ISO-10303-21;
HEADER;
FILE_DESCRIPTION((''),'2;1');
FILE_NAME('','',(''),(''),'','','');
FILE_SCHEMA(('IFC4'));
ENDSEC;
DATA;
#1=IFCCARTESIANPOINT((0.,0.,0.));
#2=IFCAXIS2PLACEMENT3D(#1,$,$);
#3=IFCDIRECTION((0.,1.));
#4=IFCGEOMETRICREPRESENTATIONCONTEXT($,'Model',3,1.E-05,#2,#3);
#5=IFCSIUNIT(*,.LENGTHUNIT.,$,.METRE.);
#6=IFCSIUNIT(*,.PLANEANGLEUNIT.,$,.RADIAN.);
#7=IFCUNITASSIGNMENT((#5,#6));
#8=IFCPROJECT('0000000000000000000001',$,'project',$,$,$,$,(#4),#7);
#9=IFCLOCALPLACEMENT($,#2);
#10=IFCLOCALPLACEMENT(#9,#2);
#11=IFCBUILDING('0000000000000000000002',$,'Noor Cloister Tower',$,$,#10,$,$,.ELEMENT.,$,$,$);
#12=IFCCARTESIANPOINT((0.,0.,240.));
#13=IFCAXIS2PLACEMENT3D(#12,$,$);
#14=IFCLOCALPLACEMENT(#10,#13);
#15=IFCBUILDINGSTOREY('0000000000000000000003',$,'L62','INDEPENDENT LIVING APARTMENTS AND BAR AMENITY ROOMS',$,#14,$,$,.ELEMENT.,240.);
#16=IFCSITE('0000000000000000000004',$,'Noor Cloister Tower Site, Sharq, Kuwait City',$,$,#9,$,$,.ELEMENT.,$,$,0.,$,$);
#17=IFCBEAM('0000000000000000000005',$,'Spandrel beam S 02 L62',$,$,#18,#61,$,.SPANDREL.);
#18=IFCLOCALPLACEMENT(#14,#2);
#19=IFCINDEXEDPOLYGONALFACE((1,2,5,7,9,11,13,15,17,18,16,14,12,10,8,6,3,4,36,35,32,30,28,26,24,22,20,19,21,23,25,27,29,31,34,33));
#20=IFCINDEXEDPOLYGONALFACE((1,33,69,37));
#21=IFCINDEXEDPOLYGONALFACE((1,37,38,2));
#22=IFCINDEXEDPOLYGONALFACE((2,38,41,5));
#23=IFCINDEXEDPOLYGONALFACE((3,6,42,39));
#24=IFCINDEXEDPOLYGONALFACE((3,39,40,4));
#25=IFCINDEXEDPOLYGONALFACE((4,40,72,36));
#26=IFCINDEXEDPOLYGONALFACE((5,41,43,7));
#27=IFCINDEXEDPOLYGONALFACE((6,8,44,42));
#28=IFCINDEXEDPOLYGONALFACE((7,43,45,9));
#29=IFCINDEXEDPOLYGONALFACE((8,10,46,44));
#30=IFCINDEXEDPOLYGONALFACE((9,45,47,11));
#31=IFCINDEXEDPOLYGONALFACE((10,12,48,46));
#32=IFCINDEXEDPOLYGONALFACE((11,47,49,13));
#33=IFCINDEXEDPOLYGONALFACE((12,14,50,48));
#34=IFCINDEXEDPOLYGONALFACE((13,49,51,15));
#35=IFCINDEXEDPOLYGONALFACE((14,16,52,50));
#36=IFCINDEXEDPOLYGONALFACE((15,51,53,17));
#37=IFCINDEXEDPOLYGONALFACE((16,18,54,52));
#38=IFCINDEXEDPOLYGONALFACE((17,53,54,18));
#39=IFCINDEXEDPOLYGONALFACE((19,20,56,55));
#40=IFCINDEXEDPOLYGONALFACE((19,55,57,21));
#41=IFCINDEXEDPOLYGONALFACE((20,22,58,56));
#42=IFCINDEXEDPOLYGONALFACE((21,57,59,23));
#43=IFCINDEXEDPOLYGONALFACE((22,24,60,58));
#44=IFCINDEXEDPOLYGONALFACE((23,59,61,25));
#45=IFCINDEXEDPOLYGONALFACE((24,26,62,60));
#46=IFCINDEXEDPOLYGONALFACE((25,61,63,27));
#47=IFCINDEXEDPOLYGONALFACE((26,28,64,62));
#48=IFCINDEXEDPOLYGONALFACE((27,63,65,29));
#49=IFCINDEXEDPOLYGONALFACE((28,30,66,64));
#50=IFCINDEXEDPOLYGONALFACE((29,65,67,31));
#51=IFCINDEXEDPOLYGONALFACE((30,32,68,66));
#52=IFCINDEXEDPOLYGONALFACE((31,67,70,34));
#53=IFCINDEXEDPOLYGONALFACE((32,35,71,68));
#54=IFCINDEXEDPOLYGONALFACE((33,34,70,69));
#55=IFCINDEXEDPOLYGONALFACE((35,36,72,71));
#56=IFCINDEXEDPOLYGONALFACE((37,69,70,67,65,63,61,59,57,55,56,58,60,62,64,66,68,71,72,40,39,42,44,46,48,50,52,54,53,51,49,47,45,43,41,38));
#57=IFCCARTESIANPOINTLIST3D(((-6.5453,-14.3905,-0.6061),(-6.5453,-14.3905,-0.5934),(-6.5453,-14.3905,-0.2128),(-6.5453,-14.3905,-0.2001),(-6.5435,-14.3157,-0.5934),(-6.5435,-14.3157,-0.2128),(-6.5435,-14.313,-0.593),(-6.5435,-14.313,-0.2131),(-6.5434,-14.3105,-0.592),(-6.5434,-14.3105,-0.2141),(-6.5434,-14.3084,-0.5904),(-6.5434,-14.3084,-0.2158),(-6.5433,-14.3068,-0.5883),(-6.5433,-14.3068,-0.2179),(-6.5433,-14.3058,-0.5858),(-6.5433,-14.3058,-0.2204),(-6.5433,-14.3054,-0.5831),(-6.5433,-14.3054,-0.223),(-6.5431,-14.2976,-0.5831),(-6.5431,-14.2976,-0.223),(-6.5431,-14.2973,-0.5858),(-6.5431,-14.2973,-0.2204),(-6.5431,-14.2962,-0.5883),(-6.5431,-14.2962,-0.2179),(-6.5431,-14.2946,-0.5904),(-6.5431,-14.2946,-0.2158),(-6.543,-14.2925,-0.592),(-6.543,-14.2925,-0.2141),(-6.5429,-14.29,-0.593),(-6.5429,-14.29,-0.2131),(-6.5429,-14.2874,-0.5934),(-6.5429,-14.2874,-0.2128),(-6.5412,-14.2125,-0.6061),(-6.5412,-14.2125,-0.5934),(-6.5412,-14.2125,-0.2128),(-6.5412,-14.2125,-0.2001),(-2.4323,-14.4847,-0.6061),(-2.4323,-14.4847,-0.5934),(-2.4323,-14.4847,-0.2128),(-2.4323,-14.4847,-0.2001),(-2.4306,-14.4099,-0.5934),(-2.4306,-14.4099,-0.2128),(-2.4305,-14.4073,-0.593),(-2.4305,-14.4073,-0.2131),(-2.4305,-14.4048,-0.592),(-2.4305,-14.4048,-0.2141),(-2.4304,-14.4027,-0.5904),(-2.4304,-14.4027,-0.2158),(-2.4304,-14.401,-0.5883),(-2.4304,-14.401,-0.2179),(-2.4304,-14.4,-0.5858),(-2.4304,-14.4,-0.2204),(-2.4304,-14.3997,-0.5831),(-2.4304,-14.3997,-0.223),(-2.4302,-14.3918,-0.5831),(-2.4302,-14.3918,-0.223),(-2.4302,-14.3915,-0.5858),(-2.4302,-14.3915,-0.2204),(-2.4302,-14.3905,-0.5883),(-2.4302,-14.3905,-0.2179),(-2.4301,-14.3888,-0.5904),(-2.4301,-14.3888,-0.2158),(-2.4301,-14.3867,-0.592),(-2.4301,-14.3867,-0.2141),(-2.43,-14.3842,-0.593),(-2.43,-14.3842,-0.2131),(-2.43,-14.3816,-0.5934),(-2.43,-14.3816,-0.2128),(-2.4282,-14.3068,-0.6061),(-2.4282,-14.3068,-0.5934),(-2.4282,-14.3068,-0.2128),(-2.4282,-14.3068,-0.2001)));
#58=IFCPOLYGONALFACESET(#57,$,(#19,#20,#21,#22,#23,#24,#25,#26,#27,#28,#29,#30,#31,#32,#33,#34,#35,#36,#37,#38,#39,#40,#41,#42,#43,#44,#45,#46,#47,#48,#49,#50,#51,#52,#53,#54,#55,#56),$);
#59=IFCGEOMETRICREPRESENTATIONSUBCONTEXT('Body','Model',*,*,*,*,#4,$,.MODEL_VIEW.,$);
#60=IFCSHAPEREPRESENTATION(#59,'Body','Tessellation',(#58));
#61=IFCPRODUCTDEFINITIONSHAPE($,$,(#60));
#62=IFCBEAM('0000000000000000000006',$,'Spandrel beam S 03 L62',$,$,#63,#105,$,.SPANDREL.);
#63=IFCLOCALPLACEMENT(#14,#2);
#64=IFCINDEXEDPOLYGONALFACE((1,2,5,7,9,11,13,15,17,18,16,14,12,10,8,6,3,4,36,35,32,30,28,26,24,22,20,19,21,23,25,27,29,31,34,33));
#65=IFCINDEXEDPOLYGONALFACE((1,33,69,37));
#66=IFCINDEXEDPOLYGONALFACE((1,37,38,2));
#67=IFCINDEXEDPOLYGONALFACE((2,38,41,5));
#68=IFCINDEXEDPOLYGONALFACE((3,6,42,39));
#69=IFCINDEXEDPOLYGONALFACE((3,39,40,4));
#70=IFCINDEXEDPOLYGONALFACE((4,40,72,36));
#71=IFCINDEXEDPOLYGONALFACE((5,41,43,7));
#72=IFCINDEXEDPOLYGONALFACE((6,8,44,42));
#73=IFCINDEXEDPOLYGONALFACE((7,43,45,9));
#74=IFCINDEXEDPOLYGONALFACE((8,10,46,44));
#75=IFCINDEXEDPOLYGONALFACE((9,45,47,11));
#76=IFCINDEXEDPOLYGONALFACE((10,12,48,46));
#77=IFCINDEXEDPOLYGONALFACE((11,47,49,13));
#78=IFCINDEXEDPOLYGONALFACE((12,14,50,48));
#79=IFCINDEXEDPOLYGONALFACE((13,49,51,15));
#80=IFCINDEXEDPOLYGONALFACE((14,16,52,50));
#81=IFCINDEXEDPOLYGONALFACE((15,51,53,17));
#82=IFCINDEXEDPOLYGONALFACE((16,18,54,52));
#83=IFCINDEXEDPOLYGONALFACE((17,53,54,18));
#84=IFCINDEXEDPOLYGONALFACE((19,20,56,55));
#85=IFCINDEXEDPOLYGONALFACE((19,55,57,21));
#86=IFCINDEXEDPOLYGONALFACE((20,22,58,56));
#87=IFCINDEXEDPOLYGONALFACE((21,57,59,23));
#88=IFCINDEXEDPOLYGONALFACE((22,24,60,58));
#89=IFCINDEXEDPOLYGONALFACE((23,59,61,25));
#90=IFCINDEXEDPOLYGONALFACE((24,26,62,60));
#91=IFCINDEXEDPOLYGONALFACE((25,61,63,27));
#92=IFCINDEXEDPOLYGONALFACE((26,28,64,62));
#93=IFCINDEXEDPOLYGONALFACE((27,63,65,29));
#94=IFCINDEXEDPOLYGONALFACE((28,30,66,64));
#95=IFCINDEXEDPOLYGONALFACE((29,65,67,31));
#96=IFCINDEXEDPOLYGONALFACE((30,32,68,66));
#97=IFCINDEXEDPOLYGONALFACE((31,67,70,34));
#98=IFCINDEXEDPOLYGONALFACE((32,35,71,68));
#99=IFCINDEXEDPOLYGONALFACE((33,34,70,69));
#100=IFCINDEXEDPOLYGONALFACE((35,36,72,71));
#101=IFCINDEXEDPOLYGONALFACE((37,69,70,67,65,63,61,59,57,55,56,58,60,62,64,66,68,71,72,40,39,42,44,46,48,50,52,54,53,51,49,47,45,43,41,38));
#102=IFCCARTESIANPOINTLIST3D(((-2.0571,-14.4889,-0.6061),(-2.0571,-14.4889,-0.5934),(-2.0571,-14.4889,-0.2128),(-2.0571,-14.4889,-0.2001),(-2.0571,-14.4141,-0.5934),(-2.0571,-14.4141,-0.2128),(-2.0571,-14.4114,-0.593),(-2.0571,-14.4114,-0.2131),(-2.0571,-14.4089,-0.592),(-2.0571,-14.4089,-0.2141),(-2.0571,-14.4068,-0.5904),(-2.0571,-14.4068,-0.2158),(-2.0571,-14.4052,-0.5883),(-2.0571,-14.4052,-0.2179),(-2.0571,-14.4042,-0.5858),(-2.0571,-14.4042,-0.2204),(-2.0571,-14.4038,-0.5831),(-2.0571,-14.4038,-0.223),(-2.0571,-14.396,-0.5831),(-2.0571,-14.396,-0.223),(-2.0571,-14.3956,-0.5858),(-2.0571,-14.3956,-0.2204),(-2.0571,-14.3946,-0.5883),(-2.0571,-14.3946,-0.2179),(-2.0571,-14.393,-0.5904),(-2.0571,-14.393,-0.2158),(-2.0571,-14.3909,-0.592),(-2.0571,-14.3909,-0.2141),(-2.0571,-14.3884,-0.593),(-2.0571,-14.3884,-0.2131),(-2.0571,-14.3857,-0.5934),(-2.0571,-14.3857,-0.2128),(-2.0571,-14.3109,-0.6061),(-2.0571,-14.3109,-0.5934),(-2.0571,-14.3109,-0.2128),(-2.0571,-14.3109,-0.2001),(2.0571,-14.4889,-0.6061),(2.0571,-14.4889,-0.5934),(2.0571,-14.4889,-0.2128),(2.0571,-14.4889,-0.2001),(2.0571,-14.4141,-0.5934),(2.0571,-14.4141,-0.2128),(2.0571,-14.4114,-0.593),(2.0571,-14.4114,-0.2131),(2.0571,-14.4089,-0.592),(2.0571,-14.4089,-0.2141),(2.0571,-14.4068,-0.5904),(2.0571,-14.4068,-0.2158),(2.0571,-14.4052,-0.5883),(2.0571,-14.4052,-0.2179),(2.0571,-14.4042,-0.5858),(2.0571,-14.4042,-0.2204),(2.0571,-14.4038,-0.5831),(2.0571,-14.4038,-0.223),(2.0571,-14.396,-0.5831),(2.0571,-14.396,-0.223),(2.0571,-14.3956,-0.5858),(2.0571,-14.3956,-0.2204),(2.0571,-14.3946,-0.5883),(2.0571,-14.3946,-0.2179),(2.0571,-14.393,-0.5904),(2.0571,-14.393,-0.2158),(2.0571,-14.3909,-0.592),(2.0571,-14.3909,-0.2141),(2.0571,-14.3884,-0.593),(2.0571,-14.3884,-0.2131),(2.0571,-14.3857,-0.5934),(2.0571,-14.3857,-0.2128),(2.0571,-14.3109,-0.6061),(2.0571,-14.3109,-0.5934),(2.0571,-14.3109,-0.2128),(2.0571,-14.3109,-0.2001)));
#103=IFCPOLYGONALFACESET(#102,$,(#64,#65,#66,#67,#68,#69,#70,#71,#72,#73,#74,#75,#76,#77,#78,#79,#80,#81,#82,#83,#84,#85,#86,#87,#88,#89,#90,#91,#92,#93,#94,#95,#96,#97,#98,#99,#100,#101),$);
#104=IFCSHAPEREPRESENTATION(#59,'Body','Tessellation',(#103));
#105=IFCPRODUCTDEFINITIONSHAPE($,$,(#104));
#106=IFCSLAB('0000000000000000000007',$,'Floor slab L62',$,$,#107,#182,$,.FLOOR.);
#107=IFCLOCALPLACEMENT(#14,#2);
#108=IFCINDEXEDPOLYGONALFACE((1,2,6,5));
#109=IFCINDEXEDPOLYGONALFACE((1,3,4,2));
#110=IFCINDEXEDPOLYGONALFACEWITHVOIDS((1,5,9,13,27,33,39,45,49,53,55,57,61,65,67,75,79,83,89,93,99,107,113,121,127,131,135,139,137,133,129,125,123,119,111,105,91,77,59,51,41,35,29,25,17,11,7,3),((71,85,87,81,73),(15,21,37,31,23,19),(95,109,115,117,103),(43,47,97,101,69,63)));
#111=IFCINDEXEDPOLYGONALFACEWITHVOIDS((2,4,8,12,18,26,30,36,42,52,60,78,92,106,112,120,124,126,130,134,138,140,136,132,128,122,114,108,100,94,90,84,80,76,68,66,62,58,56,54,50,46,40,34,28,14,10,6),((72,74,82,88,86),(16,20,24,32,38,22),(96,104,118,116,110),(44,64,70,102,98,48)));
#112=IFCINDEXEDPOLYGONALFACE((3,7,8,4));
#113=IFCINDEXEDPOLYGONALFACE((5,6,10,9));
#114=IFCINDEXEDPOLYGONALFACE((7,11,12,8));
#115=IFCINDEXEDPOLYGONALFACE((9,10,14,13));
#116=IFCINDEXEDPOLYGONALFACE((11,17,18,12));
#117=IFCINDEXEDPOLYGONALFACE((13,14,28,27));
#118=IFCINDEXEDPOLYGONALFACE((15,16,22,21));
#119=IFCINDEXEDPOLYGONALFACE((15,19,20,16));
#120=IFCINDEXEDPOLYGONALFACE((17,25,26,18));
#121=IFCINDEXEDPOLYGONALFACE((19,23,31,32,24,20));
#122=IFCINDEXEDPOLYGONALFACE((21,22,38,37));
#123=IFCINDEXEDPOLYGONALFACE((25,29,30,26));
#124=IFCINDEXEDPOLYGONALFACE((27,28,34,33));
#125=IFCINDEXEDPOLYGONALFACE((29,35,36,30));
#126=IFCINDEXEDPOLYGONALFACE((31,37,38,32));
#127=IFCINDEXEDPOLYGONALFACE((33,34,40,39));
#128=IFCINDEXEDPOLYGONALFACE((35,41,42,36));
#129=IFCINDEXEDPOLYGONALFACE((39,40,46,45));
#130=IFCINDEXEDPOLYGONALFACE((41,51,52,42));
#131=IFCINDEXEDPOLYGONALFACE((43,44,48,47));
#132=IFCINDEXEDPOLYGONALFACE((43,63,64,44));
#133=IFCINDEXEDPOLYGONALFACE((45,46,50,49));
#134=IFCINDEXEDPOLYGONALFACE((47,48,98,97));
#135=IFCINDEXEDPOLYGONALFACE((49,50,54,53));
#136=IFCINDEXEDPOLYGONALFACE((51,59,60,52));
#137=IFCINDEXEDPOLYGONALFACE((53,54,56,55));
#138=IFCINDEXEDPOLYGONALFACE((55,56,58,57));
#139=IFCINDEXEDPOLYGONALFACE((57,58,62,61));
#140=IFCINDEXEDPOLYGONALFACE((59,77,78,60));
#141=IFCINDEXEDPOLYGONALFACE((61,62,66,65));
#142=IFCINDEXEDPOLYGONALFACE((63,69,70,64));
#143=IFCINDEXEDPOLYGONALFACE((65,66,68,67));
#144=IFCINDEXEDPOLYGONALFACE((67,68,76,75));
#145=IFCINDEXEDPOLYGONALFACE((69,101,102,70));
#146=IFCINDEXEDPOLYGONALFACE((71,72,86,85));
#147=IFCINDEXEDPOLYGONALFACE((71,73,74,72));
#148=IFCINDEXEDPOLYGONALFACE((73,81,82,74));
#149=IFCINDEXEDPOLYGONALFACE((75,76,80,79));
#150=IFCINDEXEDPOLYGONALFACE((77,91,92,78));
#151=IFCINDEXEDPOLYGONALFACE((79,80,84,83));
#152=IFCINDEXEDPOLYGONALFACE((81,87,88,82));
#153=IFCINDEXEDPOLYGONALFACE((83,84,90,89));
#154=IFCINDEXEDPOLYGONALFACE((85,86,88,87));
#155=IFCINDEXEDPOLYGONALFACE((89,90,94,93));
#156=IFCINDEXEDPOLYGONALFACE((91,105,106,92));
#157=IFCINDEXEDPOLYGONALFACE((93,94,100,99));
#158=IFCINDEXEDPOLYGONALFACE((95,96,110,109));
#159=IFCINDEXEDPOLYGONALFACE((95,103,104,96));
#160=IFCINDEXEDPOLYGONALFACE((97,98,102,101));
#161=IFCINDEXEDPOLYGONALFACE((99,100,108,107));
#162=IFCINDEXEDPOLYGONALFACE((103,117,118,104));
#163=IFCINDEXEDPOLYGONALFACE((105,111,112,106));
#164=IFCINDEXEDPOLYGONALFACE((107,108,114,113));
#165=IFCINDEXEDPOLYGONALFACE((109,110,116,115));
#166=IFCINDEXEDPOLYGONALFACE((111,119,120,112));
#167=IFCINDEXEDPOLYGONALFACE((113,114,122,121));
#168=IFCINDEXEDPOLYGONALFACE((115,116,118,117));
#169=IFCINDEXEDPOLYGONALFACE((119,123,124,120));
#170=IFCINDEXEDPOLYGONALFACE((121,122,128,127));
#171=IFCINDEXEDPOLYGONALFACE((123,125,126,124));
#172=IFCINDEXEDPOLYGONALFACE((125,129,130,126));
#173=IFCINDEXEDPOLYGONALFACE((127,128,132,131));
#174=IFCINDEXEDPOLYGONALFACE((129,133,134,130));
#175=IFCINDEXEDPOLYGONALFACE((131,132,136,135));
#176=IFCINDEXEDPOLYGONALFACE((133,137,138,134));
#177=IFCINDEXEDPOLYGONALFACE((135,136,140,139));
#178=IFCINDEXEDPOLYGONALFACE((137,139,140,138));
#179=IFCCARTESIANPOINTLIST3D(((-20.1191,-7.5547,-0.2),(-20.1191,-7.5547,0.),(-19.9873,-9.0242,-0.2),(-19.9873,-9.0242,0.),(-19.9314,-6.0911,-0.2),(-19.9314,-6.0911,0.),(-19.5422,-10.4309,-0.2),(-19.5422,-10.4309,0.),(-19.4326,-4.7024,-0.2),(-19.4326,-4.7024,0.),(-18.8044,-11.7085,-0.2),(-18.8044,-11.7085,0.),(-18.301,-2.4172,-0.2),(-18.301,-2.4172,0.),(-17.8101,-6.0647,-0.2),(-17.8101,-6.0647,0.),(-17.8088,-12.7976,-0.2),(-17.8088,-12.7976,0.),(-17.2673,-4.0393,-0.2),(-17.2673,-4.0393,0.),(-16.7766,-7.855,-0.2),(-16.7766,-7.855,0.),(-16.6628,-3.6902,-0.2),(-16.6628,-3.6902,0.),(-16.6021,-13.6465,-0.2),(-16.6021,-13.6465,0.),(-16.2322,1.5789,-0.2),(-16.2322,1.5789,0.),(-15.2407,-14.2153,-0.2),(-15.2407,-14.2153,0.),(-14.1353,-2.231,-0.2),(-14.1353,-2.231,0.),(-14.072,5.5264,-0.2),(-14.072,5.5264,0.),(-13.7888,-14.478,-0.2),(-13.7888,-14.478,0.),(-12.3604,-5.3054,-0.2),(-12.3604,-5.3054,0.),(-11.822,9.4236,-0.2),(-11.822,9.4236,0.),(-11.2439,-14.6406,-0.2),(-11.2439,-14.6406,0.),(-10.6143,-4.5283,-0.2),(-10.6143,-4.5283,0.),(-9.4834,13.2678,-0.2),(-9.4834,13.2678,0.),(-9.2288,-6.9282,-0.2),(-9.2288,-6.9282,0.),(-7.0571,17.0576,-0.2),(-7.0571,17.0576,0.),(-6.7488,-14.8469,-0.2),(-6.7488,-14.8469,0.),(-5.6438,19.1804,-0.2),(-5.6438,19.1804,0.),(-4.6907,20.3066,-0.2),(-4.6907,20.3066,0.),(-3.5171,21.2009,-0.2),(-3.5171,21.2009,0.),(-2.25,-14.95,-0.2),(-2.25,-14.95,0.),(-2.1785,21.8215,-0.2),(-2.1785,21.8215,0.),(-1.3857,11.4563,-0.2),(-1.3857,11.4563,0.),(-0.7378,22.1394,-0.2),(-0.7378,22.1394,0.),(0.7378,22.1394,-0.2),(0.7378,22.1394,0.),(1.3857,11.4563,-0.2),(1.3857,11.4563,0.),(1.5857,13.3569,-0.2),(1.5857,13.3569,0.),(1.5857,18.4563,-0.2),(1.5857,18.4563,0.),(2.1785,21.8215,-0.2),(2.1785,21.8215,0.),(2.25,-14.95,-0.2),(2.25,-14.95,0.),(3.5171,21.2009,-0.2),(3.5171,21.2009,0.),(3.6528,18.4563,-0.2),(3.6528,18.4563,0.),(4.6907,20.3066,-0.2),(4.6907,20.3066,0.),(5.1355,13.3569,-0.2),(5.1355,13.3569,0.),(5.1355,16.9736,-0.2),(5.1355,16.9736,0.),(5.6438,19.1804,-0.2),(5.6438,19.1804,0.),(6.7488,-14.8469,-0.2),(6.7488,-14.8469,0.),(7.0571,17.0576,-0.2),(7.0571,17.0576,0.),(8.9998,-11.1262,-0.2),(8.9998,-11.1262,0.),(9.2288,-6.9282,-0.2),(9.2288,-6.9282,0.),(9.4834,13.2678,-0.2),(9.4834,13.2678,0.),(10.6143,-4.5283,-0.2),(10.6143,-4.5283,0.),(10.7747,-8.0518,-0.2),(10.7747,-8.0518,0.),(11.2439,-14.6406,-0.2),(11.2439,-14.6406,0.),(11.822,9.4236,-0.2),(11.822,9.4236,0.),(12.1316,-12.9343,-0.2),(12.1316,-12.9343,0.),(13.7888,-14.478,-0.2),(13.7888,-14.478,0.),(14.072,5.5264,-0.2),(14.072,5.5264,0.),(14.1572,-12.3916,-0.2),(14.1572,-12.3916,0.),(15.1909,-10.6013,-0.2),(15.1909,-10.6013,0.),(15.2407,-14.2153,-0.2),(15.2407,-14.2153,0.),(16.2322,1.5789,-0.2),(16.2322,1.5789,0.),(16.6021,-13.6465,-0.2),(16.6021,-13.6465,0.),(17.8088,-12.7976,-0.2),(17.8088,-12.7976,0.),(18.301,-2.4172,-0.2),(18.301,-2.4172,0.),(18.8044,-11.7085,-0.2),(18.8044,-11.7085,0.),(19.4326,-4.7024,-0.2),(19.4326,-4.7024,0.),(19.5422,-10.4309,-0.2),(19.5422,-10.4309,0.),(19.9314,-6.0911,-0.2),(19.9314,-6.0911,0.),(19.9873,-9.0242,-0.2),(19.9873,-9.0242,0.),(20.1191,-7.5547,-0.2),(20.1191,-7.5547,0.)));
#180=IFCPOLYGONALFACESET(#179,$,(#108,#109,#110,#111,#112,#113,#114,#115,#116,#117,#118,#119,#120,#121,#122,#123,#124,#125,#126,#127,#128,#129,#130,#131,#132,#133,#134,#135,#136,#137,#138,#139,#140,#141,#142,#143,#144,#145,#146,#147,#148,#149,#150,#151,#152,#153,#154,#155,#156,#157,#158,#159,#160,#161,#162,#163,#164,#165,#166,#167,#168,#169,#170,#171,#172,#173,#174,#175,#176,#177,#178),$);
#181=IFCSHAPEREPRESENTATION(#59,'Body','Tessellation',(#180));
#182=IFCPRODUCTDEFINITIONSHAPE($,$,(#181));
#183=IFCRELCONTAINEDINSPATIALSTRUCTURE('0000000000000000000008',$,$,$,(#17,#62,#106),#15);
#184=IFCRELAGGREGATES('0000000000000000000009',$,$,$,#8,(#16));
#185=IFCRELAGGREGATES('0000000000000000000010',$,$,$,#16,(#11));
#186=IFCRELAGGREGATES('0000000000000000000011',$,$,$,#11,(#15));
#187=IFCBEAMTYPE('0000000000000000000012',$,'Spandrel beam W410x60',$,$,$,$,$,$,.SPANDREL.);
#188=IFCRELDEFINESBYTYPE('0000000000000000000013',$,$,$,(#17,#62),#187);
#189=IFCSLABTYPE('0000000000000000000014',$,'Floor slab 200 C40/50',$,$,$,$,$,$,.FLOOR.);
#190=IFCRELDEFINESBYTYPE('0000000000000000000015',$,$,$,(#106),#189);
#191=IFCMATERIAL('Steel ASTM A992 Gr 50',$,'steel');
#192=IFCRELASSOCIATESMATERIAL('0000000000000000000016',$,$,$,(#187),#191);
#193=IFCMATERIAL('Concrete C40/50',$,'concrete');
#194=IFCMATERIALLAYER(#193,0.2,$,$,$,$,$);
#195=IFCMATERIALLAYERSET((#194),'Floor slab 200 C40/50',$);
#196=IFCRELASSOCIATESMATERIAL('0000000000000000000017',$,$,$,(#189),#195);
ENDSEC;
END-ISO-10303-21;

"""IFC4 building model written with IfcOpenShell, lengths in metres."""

from ifc_helpers import new_model, si_unit, direction, frame, origin, origin_2d, place, context, subcontext, project, spatial, polyline, i_section, outline, extrude, material, layer, layer_set, material_profile, profile_set, type_object, element, save


model = new_model("IFC4")

# Units and contexts
model_context = context("Model", 3, precision=1e-05, world=origin(), true_north=direction((0.0, 1.0)))
body_context = subcontext(model_context, "Body", "Model", "MODEL_VIEW")
ifc_project = project(units=[si_unit("LENGTHUNIT", "METRE"), si_unit("PLANEANGLEUNIT", "RADIAN")], contexts=[model_context])

# Site, building, storey
site_placement = place(None, origin())
site = spatial("IfcSite", under=ifc_project, at=site_placement, Name="Noor Cloister Tower Site, Sharq, Kuwait City", CompositionType="ELEMENT", RefElevation=0.0)
building_placement = place(site_placement, origin())
building = spatial("IfcBuilding", under=site, at=building_placement, Name="Noor Cloister Tower", CompositionType="ELEMENT")
storey_placement = place(building_placement, frame((0.0, 0.0, 240.0)))
storey = spatial("IfcBuildingStorey", under=building, at=storey_placement, Name="L62", Description="INDEPENDENT LIVING APARTMENTS AND BAR AMENITY ROOMS", CompositionType="ELEMENT", Elevation=240.0)

# Beams
ifc_material_1 = material(Name="Steel ASTM A992 Gr 50", Category="steel")
ifc_material_profile_1 = material_profile(ifc_material_1, i_section(OverallWidth=0.178, OverallDepth=0.406, WebThickness=0.0078, FlangeThickness=0.0127, FilletRadius=0.0103, at=origin_2d()), Name="W410x60")
ifc_profile_set_1 = profile_set([ifc_material_profile_1], Name="Steel ASTM A992 Gr 50")
beam_type_1 = type_object("IfcBeamType", Name="Spandrel beam W410x60", PredefinedType="SPANDREL", material=ifc_profile_set_1)
beam_1_placement = place(storey_placement, frame((-6.5432, -14.3015, -0.4031), z_axis=(0.999738, -0.022906, 0.0), x_axis=(0.022906, 0.999738, 0.0)))
element("IfcBeam", 1, at=beam_1_placement, inside=storey, type_object=beam_type_1, Name="Spandrel beam S 02 L62", PredefinedType="SPANDREL", context=body_context, shape_type="SweptSolid", body=[
    extrude(i_section(OverallWidth=0.178, OverallDepth=0.406, WebThickness=0.0078, FlangeThickness=0.0127, FilletRadius=0.0103, at=origin_2d()), origin(), (0.0, 0.0, 1.0), 4.114),
])
beam_2_placement = place(storey_placement, frame((-2.0571, -14.3999, -0.4031), z_axis=(1.0, 0.0, 0.0), x_axis=(0.0, 1.0, 0.0)))
element("IfcBeam", 2, at=beam_2_placement, inside=storey, type_object=beam_type_1, Name="Spandrel beam S 03 L62", PredefinedType="SPANDREL", context=body_context, shape_type="SweptSolid", body=[
    extrude(i_section(OverallWidth=0.178, OverallDepth=0.406, WebThickness=0.0078, FlangeThickness=0.0127, FilletRadius=0.0103, at=origin_2d()), origin(), (0.0, 0.0, 1.0), 4.1143),
])

# Slab
ifc_material_2 = material(Name="Concrete C40/50", Category="concrete")
ifc_layer_1 = layer(ifc_material_2, 0.2)
ifc_layer_set_1 = layer_set([ifc_layer_1], Name="Floor slab 200 C40/50")
slab_type_1 = type_object("IfcSlabType", Name="Floor slab 200 C40/50", PredefinedType="FLOOR", material=ifc_layer_set_1)
slab_1_placement = place(storey_placement, frame((0.0, 0.0, -0.2)))
element("IfcSlab", 3, at=slab_1_placement, inside=storey, type_object=slab_type_1, Name="Floor slab L62", PredefinedType="FLOOR", context=body_context, shape_type="SweptSolid", body=[
    extrude(outline(polyline([(5.6438, 19.1804), (4.6907, 20.3066), (3.5171, 21.2009), (2.1785, 21.8215), (0.7378, 22.1394), (-0.7378, 22.1394), (-2.1785, 21.8215), (-3.5171, 21.2009), (-4.6907, 20.3066), (-5.6438, 19.1804), (-7.0571, 17.0576), (-9.4834, 13.2678), (-11.822, 9.4236), (-14.072, 5.5264), (-16.2322, 1.5789), (-18.301, -2.4172), (-19.4326, -4.7024), (-19.9314, -6.0911), (-20.1191, -7.5547), (-19.9873, -9.0242), (-19.5422, -10.4309), (-18.8044, -11.7085), (-17.8088, -12.7976), (-16.6021, -13.6465), (-15.2407, -14.2153), (-13.7888, -14.478), (-11.2439, -14.6406), (-6.7488, -14.8469), (-2.25, -14.95), (2.25, -14.95), (6.7488, -14.8469), (11.2439, -14.6406), (13.7888, -14.478), (15.2407, -14.2153), (16.6021, -13.6465), (17.8088, -12.7976), (18.8044, -11.7085), (19.5422, -10.4309), (19.9873, -9.0242), (20.1191, -7.5547), (19.9314, -6.0911), (19.4326, -4.7024), (18.301, -2.4172), (16.2322, 1.5789), (14.072, 5.5264), (11.822, 9.4236), (9.4834, 13.2678), (7.0571, 17.0576), (5.6438, 19.1804)]), holes=[polyline([(8.9998, -11.1262), (12.1316, -12.9343), (14.1572, -12.3916), (15.1909, -10.6013), (10.7747, -8.0518), (8.9998, -11.1262)]), polyline([(-17.8101, -6.0647), (-16.7766, -7.855), (-12.3604, -5.3054), (-14.1353, -2.231), (-16.6628, -3.6902), (-17.2673, -4.0393), (-17.8101, -6.0647)]), polyline([(-10.6143, -4.5283), (-9.2288, -6.9282), (9.2288, -6.9282), (10.6143, -4.5283), (1.3857, 11.4563), (-1.3857, 11.4563), (-10.6143, -4.5283)]), polyline([(3.6528, 18.4563), (1.5857, 18.4563), (1.5857, 13.3569), (5.1355, 13.3569), (5.1355, 16.9736), (3.6528, 18.4563)])]), origin(), (0.0, 0.0, 1.0), 0.2),
])

save(model, "model.ifc")
